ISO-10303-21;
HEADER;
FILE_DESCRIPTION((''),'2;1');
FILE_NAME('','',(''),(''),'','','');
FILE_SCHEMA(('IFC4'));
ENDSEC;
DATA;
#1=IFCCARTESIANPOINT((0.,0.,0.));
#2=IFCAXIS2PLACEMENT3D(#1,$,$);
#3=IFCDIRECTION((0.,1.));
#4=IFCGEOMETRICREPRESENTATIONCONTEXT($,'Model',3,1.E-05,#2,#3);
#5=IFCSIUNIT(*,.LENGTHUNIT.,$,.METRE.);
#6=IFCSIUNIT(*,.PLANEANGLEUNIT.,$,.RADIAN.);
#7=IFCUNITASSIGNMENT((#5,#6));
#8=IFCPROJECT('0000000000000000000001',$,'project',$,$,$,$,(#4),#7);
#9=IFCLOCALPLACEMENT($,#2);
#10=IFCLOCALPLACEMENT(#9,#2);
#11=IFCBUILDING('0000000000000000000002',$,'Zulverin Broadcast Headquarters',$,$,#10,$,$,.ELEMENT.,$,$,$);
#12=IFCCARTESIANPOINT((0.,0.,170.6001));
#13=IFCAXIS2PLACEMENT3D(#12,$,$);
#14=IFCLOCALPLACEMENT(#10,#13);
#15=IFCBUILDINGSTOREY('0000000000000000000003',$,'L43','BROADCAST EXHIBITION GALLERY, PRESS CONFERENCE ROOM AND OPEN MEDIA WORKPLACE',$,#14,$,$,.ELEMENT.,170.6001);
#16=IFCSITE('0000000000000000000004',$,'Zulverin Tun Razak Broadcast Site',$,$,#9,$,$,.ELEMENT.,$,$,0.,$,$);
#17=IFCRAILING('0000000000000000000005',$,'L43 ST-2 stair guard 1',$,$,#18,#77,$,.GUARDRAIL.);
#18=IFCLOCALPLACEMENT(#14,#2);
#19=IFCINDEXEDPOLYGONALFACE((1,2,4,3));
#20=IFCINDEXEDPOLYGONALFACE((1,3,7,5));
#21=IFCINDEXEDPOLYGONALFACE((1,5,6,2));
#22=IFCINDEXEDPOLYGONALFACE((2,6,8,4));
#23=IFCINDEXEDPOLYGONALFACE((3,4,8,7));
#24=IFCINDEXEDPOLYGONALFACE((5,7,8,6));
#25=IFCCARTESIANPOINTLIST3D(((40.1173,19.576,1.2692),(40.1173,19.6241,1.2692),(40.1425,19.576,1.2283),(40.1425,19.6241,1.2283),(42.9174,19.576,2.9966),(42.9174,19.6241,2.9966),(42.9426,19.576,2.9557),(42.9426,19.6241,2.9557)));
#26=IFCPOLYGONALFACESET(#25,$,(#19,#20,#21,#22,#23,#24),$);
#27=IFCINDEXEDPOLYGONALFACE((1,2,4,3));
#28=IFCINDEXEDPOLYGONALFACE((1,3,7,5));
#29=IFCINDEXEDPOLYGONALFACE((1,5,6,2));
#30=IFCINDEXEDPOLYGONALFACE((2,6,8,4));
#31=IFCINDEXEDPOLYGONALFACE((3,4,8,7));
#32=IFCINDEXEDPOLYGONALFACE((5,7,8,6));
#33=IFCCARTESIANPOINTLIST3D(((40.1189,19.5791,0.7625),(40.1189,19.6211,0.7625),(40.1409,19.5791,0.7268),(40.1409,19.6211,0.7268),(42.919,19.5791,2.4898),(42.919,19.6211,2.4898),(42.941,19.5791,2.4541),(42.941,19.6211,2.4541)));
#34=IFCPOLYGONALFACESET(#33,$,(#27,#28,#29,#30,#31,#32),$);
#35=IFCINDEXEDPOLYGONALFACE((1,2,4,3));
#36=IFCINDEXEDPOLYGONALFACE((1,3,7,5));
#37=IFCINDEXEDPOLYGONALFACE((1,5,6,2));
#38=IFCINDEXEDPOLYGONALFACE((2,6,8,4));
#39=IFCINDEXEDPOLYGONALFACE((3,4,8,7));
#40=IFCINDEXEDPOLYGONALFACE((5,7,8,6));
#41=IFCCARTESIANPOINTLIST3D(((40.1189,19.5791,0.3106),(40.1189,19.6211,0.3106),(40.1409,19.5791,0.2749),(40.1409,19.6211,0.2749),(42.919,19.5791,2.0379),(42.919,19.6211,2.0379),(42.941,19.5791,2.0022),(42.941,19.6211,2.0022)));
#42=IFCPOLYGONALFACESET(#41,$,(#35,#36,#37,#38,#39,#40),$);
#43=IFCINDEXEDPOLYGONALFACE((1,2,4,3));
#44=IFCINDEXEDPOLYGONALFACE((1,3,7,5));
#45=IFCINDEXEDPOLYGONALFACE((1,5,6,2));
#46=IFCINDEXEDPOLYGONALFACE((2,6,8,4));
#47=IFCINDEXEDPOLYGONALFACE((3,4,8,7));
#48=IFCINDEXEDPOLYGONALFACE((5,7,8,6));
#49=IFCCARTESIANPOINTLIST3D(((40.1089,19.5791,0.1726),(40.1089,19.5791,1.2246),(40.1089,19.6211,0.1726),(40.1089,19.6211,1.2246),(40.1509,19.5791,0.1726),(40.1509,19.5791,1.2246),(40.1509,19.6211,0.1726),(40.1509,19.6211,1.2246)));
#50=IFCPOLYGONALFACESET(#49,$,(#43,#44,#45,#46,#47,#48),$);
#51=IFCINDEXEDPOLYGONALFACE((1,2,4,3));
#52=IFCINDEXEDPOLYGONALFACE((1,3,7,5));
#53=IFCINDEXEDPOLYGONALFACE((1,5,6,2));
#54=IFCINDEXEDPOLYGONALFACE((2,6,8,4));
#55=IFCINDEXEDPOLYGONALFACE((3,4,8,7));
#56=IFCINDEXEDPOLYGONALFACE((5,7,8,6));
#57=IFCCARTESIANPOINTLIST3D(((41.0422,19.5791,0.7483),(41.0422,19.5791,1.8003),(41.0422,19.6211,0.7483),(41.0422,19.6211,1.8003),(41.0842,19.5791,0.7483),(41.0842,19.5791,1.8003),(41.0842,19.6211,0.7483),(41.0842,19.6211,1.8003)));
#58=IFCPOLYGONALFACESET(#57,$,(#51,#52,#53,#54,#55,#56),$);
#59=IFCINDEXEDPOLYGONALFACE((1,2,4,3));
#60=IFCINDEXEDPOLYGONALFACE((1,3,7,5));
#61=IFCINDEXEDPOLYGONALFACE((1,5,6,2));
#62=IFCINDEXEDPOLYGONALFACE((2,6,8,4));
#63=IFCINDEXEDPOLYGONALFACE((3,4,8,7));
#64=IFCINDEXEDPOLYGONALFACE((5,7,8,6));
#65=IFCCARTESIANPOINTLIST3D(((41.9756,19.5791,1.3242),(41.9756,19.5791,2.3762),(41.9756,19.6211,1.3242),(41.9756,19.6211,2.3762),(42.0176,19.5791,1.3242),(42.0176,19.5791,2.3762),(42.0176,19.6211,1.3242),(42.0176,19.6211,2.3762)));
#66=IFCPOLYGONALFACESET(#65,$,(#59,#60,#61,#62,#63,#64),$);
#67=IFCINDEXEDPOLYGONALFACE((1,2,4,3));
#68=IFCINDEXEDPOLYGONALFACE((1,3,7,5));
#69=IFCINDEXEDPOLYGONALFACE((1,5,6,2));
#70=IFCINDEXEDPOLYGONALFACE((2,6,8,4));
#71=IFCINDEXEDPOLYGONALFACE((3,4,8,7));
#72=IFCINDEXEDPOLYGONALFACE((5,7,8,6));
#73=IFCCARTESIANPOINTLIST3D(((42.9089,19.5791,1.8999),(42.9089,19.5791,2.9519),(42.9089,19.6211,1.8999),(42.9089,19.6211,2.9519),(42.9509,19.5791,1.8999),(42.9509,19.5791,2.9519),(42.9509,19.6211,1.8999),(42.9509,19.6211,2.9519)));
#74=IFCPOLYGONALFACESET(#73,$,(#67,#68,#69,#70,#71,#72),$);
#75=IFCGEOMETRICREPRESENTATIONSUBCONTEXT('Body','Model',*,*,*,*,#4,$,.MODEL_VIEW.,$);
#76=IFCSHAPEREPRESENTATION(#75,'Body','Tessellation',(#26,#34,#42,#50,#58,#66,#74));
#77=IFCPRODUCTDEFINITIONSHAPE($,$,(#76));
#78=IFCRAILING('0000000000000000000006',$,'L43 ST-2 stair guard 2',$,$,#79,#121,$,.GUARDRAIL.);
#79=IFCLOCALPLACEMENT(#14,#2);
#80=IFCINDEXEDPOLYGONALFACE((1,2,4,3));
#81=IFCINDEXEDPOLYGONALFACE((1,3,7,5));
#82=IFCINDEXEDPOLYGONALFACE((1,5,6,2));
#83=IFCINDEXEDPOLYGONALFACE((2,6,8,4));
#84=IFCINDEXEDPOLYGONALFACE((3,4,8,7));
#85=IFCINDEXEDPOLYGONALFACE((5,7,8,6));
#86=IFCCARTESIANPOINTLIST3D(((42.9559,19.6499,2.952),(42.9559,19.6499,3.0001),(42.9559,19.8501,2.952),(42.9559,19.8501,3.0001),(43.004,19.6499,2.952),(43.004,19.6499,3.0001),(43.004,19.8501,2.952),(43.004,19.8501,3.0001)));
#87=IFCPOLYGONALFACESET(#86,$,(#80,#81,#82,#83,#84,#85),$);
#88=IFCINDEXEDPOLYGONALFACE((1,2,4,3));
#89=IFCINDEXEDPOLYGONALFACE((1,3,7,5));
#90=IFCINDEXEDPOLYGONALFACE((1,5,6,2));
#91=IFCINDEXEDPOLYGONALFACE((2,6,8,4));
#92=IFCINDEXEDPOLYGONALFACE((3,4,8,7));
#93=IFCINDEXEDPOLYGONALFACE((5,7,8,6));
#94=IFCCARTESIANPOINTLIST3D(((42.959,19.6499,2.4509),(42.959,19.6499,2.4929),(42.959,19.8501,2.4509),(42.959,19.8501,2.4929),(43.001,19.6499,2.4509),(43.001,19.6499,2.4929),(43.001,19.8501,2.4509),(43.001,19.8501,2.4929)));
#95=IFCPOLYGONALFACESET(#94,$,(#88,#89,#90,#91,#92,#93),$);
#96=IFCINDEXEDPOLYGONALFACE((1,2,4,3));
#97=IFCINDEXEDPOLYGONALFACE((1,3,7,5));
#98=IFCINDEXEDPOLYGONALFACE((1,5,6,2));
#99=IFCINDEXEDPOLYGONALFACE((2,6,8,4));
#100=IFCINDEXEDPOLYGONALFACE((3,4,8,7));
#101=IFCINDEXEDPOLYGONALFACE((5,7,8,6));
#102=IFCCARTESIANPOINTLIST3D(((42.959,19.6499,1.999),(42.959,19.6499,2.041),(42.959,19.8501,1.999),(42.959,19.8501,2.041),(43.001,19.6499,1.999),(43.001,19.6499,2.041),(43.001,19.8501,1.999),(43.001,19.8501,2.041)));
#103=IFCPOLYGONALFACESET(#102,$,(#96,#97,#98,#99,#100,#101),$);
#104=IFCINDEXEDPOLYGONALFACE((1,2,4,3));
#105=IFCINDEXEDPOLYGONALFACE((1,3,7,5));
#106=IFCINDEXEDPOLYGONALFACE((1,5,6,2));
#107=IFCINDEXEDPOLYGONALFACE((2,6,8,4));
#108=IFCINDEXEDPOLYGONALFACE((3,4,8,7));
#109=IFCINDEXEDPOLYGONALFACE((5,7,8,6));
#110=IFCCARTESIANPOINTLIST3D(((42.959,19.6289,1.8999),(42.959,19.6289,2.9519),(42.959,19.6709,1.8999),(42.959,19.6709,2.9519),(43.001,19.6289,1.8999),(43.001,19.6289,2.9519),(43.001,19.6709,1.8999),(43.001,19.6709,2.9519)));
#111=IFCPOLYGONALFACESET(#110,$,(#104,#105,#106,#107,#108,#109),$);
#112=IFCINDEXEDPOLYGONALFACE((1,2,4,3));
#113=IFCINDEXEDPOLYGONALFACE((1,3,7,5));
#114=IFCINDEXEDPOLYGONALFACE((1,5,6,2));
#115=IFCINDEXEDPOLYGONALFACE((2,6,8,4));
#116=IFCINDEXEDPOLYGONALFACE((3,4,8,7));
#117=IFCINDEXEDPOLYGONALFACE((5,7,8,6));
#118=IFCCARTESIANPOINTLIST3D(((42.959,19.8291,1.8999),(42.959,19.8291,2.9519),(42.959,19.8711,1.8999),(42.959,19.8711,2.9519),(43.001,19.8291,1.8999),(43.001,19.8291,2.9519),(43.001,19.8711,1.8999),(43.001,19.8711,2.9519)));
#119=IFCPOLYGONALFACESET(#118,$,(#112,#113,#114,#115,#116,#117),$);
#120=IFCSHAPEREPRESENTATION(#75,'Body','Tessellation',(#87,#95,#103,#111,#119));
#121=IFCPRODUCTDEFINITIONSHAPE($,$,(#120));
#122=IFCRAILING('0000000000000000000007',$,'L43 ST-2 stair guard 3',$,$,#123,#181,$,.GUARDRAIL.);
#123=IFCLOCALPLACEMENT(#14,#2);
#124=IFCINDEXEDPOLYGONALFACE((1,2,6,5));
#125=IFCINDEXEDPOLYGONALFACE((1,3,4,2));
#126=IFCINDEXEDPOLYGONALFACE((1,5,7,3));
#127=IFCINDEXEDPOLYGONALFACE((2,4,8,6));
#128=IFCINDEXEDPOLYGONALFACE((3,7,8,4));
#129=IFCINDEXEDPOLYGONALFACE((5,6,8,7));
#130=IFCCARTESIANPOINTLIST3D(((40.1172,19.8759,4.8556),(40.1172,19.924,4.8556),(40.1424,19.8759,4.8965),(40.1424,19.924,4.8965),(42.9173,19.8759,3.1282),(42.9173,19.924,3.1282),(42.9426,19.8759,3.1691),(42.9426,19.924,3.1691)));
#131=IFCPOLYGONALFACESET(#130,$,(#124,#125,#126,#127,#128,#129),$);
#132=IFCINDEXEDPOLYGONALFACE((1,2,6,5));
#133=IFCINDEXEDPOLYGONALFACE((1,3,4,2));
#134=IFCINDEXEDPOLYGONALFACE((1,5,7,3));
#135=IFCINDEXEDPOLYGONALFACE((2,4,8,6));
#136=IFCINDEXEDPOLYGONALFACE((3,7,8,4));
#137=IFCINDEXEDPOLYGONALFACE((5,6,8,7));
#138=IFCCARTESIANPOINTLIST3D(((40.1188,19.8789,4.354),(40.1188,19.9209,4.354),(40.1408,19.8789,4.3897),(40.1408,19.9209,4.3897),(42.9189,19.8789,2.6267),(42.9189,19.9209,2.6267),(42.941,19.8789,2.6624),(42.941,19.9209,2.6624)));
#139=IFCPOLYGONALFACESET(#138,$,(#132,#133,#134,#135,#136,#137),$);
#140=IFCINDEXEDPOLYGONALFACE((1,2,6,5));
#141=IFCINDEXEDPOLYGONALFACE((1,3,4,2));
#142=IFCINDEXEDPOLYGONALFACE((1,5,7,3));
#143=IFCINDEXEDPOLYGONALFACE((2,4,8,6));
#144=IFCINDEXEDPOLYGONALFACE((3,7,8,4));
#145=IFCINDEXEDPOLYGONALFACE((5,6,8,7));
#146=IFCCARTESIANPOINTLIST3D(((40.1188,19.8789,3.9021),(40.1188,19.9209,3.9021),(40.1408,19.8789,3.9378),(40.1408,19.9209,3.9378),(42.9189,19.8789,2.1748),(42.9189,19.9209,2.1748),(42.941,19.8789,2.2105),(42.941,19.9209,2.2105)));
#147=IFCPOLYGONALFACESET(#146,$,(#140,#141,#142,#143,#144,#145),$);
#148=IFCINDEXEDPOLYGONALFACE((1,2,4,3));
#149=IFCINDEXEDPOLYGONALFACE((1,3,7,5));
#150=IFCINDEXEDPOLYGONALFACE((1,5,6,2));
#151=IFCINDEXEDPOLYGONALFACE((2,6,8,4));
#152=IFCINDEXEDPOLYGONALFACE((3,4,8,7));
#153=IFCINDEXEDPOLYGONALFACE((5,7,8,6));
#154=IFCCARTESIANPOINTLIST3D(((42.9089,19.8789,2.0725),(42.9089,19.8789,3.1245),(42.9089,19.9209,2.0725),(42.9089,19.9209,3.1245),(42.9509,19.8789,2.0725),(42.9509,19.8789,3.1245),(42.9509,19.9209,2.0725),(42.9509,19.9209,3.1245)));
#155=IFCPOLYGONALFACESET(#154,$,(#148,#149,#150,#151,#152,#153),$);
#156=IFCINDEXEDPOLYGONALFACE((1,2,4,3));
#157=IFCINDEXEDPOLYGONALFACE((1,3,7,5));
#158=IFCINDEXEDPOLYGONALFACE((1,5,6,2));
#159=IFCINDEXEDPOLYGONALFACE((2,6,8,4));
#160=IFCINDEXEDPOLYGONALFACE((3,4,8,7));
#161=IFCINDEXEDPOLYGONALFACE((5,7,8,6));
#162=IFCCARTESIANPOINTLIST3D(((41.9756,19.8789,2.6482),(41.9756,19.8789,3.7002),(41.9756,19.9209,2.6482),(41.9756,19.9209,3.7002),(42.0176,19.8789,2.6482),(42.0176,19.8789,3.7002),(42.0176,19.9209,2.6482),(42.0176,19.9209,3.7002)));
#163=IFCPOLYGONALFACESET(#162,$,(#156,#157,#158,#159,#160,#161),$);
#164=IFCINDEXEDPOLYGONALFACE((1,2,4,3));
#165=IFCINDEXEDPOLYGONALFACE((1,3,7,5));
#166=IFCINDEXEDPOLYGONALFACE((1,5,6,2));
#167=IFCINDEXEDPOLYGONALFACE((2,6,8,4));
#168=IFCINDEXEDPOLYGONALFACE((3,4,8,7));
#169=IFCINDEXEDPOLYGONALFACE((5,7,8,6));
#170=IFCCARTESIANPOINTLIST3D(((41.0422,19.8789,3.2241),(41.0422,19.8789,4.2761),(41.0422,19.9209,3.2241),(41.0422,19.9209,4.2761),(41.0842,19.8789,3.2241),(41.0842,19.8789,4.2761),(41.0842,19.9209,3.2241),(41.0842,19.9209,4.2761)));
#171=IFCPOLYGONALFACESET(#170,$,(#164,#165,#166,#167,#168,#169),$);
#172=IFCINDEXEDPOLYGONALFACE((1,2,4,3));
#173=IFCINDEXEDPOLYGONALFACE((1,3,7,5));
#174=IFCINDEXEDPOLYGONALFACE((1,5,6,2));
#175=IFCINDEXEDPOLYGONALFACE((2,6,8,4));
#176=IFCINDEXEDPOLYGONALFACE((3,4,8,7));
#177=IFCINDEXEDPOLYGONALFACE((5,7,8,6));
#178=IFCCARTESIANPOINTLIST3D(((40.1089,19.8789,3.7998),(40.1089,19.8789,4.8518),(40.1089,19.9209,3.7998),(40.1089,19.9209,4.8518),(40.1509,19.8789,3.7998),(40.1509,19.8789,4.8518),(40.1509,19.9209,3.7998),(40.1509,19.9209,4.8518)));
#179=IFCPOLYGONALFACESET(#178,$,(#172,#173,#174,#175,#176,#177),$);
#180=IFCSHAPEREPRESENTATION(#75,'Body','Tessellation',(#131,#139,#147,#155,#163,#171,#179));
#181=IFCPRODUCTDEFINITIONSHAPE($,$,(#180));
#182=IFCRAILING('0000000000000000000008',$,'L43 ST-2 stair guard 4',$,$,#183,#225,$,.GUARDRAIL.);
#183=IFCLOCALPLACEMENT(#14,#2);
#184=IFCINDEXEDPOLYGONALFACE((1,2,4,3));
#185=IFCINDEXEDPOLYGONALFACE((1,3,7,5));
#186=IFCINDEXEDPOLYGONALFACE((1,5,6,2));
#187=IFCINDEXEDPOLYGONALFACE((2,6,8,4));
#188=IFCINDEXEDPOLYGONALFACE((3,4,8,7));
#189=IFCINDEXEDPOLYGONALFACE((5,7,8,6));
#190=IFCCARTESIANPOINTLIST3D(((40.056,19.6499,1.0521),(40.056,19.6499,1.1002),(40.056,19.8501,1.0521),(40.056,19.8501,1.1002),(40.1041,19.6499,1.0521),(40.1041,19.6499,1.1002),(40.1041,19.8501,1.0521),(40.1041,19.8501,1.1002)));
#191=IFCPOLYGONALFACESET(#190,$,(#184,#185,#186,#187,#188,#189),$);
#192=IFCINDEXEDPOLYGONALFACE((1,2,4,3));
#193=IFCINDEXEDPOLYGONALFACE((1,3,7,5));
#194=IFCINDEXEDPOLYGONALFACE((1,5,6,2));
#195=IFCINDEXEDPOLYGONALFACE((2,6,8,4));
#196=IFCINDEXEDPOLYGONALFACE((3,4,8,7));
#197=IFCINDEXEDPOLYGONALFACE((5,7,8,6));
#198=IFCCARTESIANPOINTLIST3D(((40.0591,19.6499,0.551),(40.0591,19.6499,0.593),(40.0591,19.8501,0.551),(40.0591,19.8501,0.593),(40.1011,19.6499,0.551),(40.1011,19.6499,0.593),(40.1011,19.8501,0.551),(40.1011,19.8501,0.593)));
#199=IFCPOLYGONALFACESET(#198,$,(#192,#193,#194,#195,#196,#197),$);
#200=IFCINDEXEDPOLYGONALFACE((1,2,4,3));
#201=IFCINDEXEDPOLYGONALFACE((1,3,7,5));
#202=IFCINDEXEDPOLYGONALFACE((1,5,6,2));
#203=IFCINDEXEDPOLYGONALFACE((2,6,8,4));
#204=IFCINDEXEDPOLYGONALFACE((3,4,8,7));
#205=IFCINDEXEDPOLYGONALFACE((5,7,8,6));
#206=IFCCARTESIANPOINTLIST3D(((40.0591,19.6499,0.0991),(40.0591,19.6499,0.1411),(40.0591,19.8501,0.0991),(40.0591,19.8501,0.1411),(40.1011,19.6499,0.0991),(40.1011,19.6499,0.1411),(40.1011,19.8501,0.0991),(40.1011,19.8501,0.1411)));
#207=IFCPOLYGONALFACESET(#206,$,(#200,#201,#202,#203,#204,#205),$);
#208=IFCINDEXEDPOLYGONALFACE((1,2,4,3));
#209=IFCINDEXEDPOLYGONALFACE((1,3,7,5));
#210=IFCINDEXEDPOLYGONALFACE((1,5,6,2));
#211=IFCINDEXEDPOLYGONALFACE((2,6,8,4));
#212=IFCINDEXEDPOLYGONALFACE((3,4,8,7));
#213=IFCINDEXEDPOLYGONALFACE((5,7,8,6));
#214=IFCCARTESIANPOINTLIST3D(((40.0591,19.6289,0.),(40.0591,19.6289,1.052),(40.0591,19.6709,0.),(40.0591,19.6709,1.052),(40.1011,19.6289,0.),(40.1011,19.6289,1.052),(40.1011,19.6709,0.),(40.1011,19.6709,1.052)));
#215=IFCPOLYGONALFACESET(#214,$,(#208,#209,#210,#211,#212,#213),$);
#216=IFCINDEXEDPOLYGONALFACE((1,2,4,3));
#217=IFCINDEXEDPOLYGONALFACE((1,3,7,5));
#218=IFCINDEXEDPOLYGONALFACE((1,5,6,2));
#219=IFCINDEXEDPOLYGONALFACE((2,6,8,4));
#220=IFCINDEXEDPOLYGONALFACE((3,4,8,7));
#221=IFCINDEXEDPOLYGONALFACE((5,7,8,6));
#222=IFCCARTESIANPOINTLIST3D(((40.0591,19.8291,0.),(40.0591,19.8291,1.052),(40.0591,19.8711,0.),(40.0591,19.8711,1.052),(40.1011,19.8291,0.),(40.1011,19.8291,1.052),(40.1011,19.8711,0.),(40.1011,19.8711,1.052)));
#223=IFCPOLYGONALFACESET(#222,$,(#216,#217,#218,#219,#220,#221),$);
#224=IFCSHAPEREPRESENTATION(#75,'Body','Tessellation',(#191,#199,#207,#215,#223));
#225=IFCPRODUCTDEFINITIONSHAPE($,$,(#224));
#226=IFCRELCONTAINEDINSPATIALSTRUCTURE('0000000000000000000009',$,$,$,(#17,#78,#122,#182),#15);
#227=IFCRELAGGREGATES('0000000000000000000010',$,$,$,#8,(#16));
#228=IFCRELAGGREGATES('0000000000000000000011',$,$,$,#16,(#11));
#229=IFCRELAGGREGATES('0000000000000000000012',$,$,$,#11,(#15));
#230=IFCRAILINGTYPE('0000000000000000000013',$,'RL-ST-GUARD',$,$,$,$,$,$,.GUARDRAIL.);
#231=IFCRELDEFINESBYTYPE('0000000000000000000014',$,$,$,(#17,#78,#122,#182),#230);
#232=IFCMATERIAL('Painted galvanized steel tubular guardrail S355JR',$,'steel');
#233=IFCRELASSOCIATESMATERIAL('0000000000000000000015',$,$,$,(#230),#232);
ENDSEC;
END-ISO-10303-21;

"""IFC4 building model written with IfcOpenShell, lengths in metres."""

from ifc_helpers import new_model, si_unit, direction, frame, origin, origin_2d, place, context, subcontext, project, spatial, rectangle, extrude, material, type_object, element, save


model = new_model("IFC4")

# Units and contexts
model_context = context("Model", 3, precision=1e-05, world=origin(), true_north=direction((0.0, 1.0)))
body_context = subcontext(model_context, "Body", "Model", "MODEL_VIEW")
ifc_project = project(units=[si_unit("LENGTHUNIT", "METRE"), si_unit("PLANEANGLEUNIT", "RADIAN")], contexts=[model_context])

# Site, building, storey
site_placement = place(None, origin())
site = spatial("IfcSite", under=ifc_project, at=site_placement, Name="Zulverin Tun Razak Broadcast Site", CompositionType="ELEMENT", RefElevation=0.0)
building_placement = place(site_placement, origin())
building = spatial("IfcBuilding", under=site, at=building_placement, Name="Zulverin Broadcast Headquarters", CompositionType="ELEMENT")
storey_placement = place(building_placement, frame((0.0, 0.0, 170.6001)))
storey = spatial("IfcBuildingStorey", under=building, at=storey_placement, Name="L43", Description="BROADCAST EXHIBITION GALLERY, PRESS CONFERENCE ROOM AND OPEN MEDIA WORKPLACE", CompositionType="ELEMENT", Elevation=170.6001)

# Railings
ifc_material_1 = material(Name="Painted galvanized steel tubular guardrail S355JR", Category="steel")
railing_type_1 = type_object("IfcRailingType", Name="RL-ST-GUARD", PredefinedType="GUARDRAIL", material=ifc_material_1)
railing_1_placement = place(storey_placement, frame((40.1299, 19.6001, 0.1726)))
element("IfcRailing", 1, at=railing_1_placement, inside=storey, type_object=railing_type_1, Name="L43 ST-2 stair guard 1", PredefinedType="GUARDRAIL", context=body_context, shape_type="SweptSolid", body=[
    extrude(rectangle(XDim=0.0481, YDim=0.0481, at=origin_2d()), frame((0.0, 0.0, 1.0762), z_axis=(0.85109, 0.0, 0.52502), x_axis=(0.0, 1.0, 0.0)), (0.0, 0.0, 1.0), 3.29),
    extrude(rectangle(XDim=0.042, YDim=0.042, at=origin_2d()), frame((0.0, 0.0, 0.572), z_axis=(0.85109, 0.0, 0.52502), x_axis=(0.0, 1.0, 0.0)), (0.0, 0.0, 1.0), 3.29),
    extrude(rectangle(XDim=0.042, YDim=0.042, at=origin_2d()), frame((0.0, 0.0, 0.1201), z_axis=(0.85109, 0.0, 0.52502), x_axis=(0.0, 1.0, 0.0)), (0.0, 0.0, 1.0), 3.29),
    extrude(rectangle(XDim=0.042, YDim=0.042, at=origin_2d()), origin(), (0.0, 0.0, 1.0), 1.052),
    extrude(rectangle(XDim=0.042, YDim=0.042, at=origin_2d()), frame((0.9333, 0.0, 0.5757)), (0.0, 0.0, 1.0), 1.052),
    extrude(rectangle(XDim=0.042, YDim=0.042, at=origin_2d()), frame((1.8667, 0.0, 1.1516)), (0.0, 0.0, 1.0), 1.052),
    extrude(rectangle(XDim=0.042, YDim=0.042, at=origin_2d()), frame((2.8, 0.0, 1.7273)), (0.0, 0.0, 1.0), 1.052),
])
railing_2_placement = place(storey_placement, frame((42.98, 19.6499, 1.8999)))
element("IfcRailing", 2, at=railing_2_placement, inside=storey, type_object=railing_type_1, Name="L43 ST-2 stair guard 2", PredefinedType="GUARDRAIL", context=body_context, shape_type="SweptSolid", body=[
    extrude(rectangle(XDim=0.0481, YDim=0.0481, at=origin_2d()), frame((0.0, 0.0, 1.0762), z_axis=(0.0, 1.0, 0.0), x_axis=(-1.0, 0.0, 0.0)), (0.0, 0.0, 1.0), 0.2002),
    extrude(rectangle(XDim=0.042, YDim=0.042, at=origin_2d()), frame((0.0, 0.0, 0.572), z_axis=(0.0, 1.0, 0.0), x_axis=(-1.0, 0.0, 0.0)), (0.0, 0.0, 1.0), 0.2002),
    extrude(rectangle(XDim=0.042, YDim=0.042, at=origin_2d()), frame((0.0, 0.0, 0.1201), z_axis=(0.0, 1.0, 0.0), x_axis=(-1.0, 0.0, 0.0)), (0.0, 0.0, 1.0), 0.2002),
    extrude(rectangle(XDim=0.042, YDim=0.042, at=origin_2d()), origin(), (0.0, 0.0, 1.0), 1.052),
    extrude(rectangle(XDim=0.042, YDim=0.042, at=origin_2d()), frame((0.0, 0.2002, 0.0)), (0.0, 0.0, 1.0), 1.052),
])
railing_3_placement = place(storey_placement, frame((42.9299, 19.8999, 2.0725)))
element("IfcRailing", 3, at=railing_3_placement, inside=storey, type_object=railing_type_1, Name="L43 ST-2 stair guard 3", PredefinedType="GUARDRAIL", context=body_context, shape_type="SweptSolid", body=[
    extrude(rectangle(XDim=0.0481, YDim=0.0481, at=origin_2d()), frame((0.0, 0.0, 1.0762), z_axis=(-0.85109, 0.0, 0.52502), x_axis=(0.0, -1.0, 0.0)), (0.0, 0.0, 1.0), 3.29),
    extrude(rectangle(XDim=0.042, YDim=0.042, at=origin_2d()), frame((0.0, 0.0, 0.572), z_axis=(-0.85109, 0.0, 0.52502), x_axis=(0.0, -1.0, 0.0)), (0.0, 0.0, 1.0), 3.29),
    extrude(rectangle(XDim=0.042, YDim=0.042, at=origin_2d()), frame((0.0, 0.0, 0.1201), z_axis=(-0.85109, 0.0, 0.52502), x_axis=(0.0, -1.0, 0.0)), (0.0, 0.0, 1.0), 3.29),
    extrude(rectangle(XDim=0.042, YDim=0.042, at=origin_2d()), origin(), (0.0, 0.0, 1.0), 1.052),
    extrude(rectangle(XDim=0.042, YDim=0.042, at=origin_2d()), frame((-0.9333, 0.0, 0.5757)), (0.0, 0.0, 1.0), 1.052),
    extrude(rectangle(XDim=0.042, YDim=0.042, at=origin_2d()), frame((-1.8667, 0.0, 1.1516)), (0.0, 0.0, 1.0), 1.052),
    extrude(rectangle(XDim=0.042, YDim=0.042, at=origin_2d()), frame((-2.8, 0.0, 1.7273)), (0.0, 0.0, 1.0), 1.052),
])
railing_4_placement = place(storey_placement, frame((40.0801, 19.6499, 0.0)))
element("IfcRailing", 4, at=railing_4_placement, inside=storey, type_object=railing_type_1, Name="L43 ST-2 stair guard 4", PredefinedType="GUARDRAIL", context=body_context, shape_type="SweptSolid", body=[
    extrude(rectangle(XDim=0.0481, YDim=0.0481, at=origin_2d()), frame((0.0, 0.0, 1.0762), z_axis=(0.0, 1.0, 0.0), x_axis=(-1.0, 0.0, 0.0)), (0.0, 0.0, 1.0), 0.2002),
    extrude(rectangle(XDim=0.042, YDim=0.042, at=origin_2d()), frame((0.0, 0.0, 0.572), z_axis=(0.0, 1.0, 0.0), x_axis=(-1.0, 0.0, 0.0)), (0.0, 0.0, 1.0), 0.2002),
    extrude(rectangle(XDim=0.042, YDim=0.042, at=origin_2d()), frame((0.0, 0.0, 0.1201), z_axis=(0.0, 1.0, 0.0), x_axis=(-1.0, 0.0, 0.0)), (0.0, 0.0, 1.0), 0.2002),
    extrude(rectangle(XDim=0.042, YDim=0.042, at=origin_2d()), origin(), (0.0, 0.0, 1.0), 1.052),
    extrude(rectangle(XDim=0.042, YDim=0.042, at=origin_2d()), frame((0.0, 0.2002, 0.0)), (0.0, 0.0, 1.0), 1.052),
])

save(model, "model.ifc")
